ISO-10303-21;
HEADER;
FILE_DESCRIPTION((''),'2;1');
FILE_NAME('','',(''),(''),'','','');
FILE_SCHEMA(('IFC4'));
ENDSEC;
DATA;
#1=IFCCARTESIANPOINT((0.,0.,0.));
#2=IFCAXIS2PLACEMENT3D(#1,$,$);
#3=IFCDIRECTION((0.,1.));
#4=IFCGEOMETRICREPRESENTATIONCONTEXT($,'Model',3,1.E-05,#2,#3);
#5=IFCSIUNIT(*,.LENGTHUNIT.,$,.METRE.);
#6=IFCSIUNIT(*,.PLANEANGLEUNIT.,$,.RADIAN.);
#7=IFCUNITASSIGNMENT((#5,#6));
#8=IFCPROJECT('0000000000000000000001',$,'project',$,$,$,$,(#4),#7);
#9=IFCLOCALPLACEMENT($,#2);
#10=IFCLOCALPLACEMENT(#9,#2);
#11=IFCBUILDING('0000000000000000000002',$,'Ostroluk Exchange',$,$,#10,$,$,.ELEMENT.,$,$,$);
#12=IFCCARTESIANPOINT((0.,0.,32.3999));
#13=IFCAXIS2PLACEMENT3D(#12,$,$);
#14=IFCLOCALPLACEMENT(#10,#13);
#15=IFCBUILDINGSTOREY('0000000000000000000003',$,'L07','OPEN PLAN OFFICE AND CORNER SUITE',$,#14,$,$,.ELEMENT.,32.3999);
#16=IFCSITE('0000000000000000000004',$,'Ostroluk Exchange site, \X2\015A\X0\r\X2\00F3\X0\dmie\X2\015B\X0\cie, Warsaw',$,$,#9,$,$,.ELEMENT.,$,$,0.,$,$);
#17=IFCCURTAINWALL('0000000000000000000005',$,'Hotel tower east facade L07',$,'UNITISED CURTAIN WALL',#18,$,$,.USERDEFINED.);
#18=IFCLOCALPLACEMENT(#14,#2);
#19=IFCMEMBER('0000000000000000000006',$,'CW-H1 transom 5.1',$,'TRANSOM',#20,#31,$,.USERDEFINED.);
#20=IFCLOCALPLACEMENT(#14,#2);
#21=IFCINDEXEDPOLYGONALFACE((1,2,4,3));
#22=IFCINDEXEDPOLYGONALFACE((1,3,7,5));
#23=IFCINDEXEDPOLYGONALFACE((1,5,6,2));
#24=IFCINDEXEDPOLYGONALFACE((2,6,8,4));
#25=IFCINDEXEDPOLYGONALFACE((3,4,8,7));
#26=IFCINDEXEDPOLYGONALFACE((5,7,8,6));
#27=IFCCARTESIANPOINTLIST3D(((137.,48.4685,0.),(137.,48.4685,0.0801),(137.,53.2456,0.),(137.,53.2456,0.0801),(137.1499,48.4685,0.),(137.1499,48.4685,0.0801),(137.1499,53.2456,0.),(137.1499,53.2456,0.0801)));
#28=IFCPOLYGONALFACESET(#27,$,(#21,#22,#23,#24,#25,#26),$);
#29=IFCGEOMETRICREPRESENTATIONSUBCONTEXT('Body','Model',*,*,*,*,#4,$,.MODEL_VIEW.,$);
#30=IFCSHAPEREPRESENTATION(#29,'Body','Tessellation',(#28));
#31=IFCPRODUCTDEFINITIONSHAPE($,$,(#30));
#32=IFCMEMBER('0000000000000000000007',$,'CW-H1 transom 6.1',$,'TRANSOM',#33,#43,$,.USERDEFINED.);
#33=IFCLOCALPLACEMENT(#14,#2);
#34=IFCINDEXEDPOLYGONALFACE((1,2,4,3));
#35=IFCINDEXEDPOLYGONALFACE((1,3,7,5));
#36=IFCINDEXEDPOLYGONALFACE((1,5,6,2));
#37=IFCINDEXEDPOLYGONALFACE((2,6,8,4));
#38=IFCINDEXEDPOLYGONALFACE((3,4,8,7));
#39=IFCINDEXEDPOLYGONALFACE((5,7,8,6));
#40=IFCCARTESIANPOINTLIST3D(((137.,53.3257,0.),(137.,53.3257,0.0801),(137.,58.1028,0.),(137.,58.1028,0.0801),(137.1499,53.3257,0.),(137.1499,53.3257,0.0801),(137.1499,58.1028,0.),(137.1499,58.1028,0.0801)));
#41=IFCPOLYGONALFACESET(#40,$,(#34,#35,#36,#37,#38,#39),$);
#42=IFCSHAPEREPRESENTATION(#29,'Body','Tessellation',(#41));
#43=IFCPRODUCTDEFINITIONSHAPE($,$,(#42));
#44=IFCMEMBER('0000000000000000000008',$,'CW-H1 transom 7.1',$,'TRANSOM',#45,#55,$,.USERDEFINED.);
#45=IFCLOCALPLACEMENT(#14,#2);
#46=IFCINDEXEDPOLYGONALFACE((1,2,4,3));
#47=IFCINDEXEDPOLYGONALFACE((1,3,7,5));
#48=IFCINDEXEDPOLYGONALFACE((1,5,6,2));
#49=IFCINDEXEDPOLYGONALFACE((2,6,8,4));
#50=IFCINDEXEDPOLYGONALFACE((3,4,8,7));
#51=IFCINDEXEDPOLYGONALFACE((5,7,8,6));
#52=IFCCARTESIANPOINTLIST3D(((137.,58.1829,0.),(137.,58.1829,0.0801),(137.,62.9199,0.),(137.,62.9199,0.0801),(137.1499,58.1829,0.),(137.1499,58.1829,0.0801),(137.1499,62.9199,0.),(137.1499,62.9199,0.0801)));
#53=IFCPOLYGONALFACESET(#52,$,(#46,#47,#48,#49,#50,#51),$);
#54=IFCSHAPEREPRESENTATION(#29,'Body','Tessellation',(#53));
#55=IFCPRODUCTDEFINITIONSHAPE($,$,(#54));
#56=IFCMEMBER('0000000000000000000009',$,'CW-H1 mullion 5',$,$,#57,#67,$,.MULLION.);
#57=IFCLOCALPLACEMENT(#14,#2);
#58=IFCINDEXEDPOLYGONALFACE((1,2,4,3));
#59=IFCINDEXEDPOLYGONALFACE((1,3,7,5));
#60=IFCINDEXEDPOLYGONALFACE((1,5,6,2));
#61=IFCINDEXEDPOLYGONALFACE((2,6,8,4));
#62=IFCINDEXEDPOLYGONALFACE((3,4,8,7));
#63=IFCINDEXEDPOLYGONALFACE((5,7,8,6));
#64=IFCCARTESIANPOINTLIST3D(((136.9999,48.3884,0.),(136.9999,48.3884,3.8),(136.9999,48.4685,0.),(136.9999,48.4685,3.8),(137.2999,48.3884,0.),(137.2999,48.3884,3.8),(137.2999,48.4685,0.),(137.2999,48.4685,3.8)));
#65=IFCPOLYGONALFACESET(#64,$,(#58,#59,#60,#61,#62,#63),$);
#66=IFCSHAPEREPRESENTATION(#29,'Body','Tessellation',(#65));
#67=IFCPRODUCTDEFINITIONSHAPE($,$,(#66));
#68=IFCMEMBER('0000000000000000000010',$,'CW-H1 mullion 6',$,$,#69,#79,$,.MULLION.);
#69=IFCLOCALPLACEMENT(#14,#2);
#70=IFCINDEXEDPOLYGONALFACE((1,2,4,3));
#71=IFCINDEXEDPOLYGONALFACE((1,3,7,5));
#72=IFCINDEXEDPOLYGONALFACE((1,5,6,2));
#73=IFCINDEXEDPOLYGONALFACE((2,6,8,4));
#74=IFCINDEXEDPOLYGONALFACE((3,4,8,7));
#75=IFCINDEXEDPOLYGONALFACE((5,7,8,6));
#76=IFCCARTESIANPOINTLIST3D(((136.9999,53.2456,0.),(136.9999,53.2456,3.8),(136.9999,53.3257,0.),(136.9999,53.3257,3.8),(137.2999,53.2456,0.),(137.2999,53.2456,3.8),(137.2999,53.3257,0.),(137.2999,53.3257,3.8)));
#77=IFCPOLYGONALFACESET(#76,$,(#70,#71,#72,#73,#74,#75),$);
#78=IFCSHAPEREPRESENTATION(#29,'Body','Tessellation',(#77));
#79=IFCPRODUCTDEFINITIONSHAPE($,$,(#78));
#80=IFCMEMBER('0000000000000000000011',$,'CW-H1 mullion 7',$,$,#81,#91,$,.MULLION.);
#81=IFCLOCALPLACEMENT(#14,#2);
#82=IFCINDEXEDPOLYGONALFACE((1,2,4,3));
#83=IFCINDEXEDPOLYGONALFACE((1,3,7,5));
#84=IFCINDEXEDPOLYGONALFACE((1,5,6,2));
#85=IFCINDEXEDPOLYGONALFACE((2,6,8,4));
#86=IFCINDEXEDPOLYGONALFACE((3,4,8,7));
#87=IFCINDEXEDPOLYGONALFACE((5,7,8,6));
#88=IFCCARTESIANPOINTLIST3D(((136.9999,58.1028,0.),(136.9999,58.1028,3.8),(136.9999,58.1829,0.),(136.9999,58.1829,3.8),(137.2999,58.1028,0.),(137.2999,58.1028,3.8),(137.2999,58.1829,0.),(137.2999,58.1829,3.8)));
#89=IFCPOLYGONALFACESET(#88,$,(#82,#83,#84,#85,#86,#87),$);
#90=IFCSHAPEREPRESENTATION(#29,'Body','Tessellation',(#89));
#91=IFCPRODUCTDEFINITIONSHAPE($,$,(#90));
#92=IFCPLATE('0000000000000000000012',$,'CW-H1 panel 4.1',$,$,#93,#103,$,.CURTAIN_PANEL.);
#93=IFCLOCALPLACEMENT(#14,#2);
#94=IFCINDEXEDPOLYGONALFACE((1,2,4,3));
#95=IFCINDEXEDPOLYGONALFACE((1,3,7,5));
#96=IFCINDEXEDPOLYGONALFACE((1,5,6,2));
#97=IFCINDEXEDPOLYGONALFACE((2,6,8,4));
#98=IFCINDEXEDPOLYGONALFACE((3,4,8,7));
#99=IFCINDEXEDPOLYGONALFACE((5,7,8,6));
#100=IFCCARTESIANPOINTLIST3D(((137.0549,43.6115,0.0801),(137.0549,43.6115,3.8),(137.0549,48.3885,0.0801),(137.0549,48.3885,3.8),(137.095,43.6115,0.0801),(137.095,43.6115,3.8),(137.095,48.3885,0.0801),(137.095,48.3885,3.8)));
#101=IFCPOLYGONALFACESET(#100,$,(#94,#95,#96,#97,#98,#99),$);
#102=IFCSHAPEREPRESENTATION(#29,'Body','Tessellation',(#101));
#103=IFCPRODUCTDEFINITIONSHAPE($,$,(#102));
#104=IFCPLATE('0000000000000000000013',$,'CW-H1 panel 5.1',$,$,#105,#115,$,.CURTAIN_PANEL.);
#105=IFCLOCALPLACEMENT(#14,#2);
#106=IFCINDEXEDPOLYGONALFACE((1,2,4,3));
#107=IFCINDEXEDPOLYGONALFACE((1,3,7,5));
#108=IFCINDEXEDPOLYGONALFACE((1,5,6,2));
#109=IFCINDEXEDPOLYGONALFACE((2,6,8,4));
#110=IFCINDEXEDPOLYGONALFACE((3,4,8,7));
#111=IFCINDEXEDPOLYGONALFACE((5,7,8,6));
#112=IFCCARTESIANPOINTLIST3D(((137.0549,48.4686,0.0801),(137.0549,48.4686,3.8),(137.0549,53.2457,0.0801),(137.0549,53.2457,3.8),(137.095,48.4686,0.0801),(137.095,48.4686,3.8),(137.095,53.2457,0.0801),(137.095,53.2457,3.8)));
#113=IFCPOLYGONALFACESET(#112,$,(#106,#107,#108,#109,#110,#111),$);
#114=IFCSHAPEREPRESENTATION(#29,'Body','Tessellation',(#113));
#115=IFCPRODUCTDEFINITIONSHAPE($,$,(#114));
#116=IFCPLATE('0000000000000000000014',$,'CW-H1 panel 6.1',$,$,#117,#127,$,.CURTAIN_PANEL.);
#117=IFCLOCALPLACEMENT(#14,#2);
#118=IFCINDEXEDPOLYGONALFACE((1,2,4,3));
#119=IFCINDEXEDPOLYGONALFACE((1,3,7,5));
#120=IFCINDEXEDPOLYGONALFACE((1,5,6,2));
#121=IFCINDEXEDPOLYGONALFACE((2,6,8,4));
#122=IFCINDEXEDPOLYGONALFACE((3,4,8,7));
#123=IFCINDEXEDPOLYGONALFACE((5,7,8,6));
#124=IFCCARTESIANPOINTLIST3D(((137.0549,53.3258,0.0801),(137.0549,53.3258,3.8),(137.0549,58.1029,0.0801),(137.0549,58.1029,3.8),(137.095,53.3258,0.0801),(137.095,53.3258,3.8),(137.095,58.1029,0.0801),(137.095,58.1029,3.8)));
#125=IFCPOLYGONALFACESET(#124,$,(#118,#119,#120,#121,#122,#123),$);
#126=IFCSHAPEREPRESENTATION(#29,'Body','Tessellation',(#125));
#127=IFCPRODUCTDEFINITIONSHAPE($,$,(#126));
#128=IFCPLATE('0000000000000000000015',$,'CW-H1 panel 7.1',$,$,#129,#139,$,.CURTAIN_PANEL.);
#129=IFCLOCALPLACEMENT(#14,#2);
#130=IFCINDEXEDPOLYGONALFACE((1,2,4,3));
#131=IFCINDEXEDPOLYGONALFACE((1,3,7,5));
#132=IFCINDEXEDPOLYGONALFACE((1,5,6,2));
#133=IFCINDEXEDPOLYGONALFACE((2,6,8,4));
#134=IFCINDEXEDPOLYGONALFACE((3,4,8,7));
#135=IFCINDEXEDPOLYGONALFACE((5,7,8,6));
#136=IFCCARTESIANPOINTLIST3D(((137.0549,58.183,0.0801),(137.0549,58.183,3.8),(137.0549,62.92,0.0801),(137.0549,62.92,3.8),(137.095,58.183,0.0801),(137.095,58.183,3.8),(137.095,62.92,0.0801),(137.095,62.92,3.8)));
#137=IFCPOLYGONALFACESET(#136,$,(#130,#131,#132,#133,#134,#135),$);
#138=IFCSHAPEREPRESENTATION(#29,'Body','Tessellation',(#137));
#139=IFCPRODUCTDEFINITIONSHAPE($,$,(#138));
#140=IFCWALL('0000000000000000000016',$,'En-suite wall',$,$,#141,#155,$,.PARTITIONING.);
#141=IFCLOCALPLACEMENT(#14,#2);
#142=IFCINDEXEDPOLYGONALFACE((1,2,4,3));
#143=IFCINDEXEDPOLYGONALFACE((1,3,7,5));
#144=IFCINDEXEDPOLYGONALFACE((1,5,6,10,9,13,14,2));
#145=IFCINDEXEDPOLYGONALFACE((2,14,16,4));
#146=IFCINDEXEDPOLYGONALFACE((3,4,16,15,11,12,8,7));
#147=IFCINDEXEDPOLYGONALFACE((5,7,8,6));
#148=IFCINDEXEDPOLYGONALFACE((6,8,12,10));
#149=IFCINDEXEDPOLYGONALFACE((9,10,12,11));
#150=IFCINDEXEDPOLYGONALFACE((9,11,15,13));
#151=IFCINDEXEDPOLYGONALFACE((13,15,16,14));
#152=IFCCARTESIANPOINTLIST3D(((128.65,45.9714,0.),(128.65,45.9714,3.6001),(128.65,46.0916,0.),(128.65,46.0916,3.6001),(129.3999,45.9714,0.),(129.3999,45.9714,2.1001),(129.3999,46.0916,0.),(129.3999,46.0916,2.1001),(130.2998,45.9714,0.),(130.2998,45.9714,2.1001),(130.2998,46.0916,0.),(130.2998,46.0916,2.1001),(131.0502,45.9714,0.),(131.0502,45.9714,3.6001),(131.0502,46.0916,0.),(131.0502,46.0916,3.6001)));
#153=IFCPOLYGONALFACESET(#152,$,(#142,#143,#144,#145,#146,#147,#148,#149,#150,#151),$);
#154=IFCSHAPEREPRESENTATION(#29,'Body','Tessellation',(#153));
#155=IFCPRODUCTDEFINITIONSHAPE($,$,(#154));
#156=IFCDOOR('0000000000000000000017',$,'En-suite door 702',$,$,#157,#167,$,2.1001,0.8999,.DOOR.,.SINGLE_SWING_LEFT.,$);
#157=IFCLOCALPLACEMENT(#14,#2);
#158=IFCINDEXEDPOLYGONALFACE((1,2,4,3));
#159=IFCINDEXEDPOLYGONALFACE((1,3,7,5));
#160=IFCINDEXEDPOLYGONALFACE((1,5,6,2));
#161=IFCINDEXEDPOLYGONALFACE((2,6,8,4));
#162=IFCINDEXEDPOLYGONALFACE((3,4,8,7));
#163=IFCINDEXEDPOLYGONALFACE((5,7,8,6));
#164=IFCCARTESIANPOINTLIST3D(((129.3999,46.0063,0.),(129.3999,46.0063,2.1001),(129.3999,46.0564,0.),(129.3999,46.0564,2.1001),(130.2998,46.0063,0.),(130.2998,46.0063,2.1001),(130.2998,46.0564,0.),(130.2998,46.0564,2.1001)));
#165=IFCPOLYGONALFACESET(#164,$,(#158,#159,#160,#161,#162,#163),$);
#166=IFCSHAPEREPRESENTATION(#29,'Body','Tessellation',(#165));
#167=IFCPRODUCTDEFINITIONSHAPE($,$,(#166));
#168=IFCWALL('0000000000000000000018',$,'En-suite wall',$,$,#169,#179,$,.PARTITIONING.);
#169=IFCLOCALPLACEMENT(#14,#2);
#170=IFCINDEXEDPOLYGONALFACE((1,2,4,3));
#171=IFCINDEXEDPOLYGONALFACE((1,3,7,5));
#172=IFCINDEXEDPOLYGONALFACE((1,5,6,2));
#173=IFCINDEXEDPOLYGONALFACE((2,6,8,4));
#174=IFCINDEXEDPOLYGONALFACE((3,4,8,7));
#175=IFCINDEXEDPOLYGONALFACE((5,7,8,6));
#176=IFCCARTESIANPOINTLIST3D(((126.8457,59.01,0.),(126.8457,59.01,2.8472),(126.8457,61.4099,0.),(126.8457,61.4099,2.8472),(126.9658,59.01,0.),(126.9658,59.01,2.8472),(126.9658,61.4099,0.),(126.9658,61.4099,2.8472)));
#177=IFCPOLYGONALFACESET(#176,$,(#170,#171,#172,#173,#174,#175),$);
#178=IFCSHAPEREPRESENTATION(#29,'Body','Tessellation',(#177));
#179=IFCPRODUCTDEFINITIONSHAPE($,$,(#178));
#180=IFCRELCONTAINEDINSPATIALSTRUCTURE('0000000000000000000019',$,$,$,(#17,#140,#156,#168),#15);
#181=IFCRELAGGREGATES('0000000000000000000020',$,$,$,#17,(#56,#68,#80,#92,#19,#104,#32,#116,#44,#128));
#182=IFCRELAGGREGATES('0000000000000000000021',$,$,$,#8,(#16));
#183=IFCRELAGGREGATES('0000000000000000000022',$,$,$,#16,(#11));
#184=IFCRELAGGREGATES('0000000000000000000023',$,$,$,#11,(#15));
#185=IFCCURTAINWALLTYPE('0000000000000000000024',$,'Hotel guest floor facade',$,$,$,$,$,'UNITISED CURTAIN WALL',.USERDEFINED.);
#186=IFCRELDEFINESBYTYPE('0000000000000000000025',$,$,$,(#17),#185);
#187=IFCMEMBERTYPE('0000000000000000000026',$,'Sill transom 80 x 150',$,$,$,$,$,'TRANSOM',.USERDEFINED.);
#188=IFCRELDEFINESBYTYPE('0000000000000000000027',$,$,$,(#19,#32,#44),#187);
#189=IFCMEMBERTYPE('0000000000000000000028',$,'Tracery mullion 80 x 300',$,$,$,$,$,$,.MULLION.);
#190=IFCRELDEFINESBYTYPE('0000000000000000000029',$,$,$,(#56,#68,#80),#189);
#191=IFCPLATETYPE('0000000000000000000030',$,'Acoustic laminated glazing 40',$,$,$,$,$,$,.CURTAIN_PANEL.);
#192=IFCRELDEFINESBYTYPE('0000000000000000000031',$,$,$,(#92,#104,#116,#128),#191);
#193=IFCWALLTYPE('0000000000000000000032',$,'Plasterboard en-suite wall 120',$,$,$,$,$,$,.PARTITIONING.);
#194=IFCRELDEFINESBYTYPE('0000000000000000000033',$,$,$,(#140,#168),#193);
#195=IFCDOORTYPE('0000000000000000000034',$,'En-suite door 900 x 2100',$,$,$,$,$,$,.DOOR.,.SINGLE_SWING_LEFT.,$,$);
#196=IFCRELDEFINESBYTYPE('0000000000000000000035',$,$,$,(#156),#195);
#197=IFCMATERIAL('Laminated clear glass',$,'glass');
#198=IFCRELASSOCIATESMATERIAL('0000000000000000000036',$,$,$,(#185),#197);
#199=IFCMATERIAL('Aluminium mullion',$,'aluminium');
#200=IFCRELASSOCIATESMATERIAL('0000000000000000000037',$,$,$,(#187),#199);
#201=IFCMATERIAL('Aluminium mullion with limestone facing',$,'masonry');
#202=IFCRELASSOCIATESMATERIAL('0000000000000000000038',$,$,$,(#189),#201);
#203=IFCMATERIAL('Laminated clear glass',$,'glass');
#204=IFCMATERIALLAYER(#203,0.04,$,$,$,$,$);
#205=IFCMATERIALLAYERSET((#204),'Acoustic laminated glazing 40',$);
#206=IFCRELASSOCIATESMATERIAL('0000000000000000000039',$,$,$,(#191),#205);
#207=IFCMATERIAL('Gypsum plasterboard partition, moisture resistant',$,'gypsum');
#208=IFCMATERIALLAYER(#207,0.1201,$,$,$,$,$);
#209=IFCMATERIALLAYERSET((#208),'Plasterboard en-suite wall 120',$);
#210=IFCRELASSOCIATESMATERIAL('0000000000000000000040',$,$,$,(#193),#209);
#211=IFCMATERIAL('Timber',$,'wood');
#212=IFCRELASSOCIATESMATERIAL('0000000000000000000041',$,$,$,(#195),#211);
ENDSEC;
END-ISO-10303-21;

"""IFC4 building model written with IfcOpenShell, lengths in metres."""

from ifc_helpers import new_model, si_unit, direction, frame, frame_2d, origin, origin_2d, place, context, subcontext, project, spatial, rectangle, extrude, material, layer, layer_set, material_profile, profile_set, type_object, element, fill, aggregate, save


model = new_model("IFC4")

# Units and contexts
model_context = context("Model", 3, precision=1e-05, world=origin(), true_north=direction((0.0, 1.0)))
body_context = subcontext(model_context, "Body", "Model", "MODEL_VIEW")
ifc_project = project(units=[si_unit("LENGTHUNIT", "METRE"), si_unit("PLANEANGLEUNIT", "RADIAN")], contexts=[model_context])

# Site, building, storey
site_placement = place(None, origin())
site = spatial("IfcSite", under=ifc_project, at=site_placement, Name="Ostroluk Exchange site, Śródmieście, Warsaw", CompositionType="ELEMENT", RefElevation=0.0)
building_placement = place(site_placement, origin())
building = spatial("IfcBuilding", under=site, at=building_placement, Name="Ostroluk Exchange", CompositionType="ELEMENT")
storey_placement = place(building_placement, frame((0.0, 0.0, 32.3999)))
storey = spatial("IfcBuildingStorey", under=building, at=storey_placement, Name="L07", Description="OPEN PLAN OFFICE AND CORNER SUITE", CompositionType="ELEMENT", Elevation=32.3999)

# Curtain wall, members, plates
ifc_material_1 = material(Name="Laminated clear glass", Category="glass")
curtain_wall_type = type_object("IfcCurtainWallType", Name="Hotel guest floor facade", ElementType="UNITISED CURTAIN WALL", PredefinedType="USERDEFINED", material=ifc_material_1)
curtain_wall_placement = place(storey_placement, origin())
curtain_wall = element("IfcCurtainWall", 1, at=curtain_wall_placement, inside=storey, type_object=curtain_wall_type, Name="Hotel tower east facade L07", ObjectType="UNITISED CURTAIN WALL", PredefinedType="USERDEFINED")
ifc_material_2 = material(Name="Aluminium mullion", Category="aluminium")
ifc_material_profile_1 = material_profile(ifc_material_2, rectangle(XDim=0.1499, YDim=0.0801, at=origin_2d()), Name="Sill transom 80 x 150")
ifc_profile_set_1 = profile_set([ifc_material_profile_1], Name="Aluminium mullion")
member_type_1 = type_object("IfcMemberType", Name="Sill transom 80 x 150", ElementType="TRANSOM", PredefinedType="USERDEFINED", material=ifc_profile_set_1)
member_1_placement = place(storey_placement, frame((137.075, 48.4685, 0.04), z_axis=(0.0, 1.0, 0.0), x_axis=(-1.0, 0.0, 0.0)))
member_1 = element("IfcMember", 2, at=member_1_placement, type_object=member_type_1, Name="CW-H1 transom 5.1", ObjectType="TRANSOM", PredefinedType="USERDEFINED", context=body_context, shape_type="SweptSolid", body=[
    extrude(rectangle(XDim=0.1499, YDim=0.0801, at=origin_2d()), origin(), (0.0, 0.0, 1.0), 4.7771),
])
member_2_placement = place(storey_placement, frame((137.075, 53.3257, 0.04), z_axis=(0.0, 1.0, 0.0), x_axis=(-1.0, 0.0, 0.0)))
member_2 = element("IfcMember", 3, at=member_2_placement, type_object=member_type_1, Name="CW-H1 transom 6.1", ObjectType="TRANSOM", PredefinedType="USERDEFINED", context=body_context, shape_type="SweptSolid", body=[
    extrude(rectangle(XDim=0.1499, YDim=0.0801, at=origin_2d()), origin(), (0.0, 0.0, 1.0), 4.7771),
])
member_3_placement = place(storey_placement, frame((137.075, 58.1829, 0.04), z_axis=(0.0, 1.0, 0.0), x_axis=(-1.0, 0.0, 0.0)))
member_3 = element("IfcMember", 4, at=member_3_placement, type_object=member_type_1, Name="CW-H1 transom 7.1", ObjectType="TRANSOM", PredefinedType="USERDEFINED", context=body_context, shape_type="SweptSolid", body=[
    extrude(rectangle(XDim=0.1499, YDim=0.0801, at=origin_2d()), origin(), (0.0, 0.0, 1.0), 4.7371),
])
ifc_material_3 = material(Name="Aluminium mullion with limestone facing", Category="masonry")
ifc_material_profile_2 = material_profile(ifc_material_3, rectangle(XDim=0.3, YDim=0.0801, at=origin_2d()), Name="Tracery mullion 80 x 300")
ifc_profile_set_2 = profile_set([ifc_material_profile_2], Name="Aluminium mullion with limestone facing")
member_type_2 = type_object("IfcMemberType", Name="Tracery mullion 80 x 300", PredefinedType="MULLION", material=ifc_profile_set_2)
member_4_placement = place(storey_placement, frame((137.1499, 48.4285, 0.0), z_axis=(0.0, 0.0, 1.0), x_axis=(-1.0, 0.0, 0.0)))
member_4 = element("IfcMember", 5, at=member_4_placement, type_object=member_type_2, Name="CW-H1 mullion 5", PredefinedType="MULLION", context=body_context, shape_type="SweptSolid", body=[
    extrude(rectangle(XDim=0.3, YDim=0.0801, at=origin_2d()), origin(), (0.0, 0.0, 1.0), 3.8),
])
member_5_placement = place(storey_placement, frame((137.1499, 53.2856, 0.0), z_axis=(0.0, 0.0, 1.0), x_axis=(-1.0, 0.0, 0.0)))
member_5 = element("IfcMember", 6, at=member_5_placement, type_object=member_type_2, Name="CW-H1 mullion 6", PredefinedType="MULLION", context=body_context, shape_type="SweptSolid", body=[
    extrude(rectangle(XDim=0.3, YDim=0.0801, at=origin_2d()), origin(), (0.0, 0.0, 1.0), 3.8),
])
member_6_placement = place(storey_placement, frame((137.1499, 58.1428, 0.0), z_axis=(0.0, 0.0, 1.0), x_axis=(-1.0, 0.0, 0.0)))
member_6 = element("IfcMember", 7, at=member_6_placement, type_object=member_type_2, Name="CW-H1 mullion 7", PredefinedType="MULLION", context=body_context, shape_type="SweptSolid", body=[
    extrude(rectangle(XDim=0.3, YDim=0.0801, at=origin_2d()), origin(), (0.0, 0.0, 1.0), 3.8),
])
ifc_material_4 = material(Name="Laminated clear glass", Category="glass")
ifc_layer_1 = layer(ifc_material_4, 0.04)
ifc_layer_set_1 = layer_set([ifc_layer_1], Name="Acoustic laminated glazing 40")
plate_type = type_object("IfcPlateType", Name="Acoustic laminated glazing 40", PredefinedType="CURTAIN_PANEL", material=ifc_layer_set_1)
plate_1_placement = place(storey_placement, frame((137.075, 46.0, 0.0801), z_axis=(0.0, 0.0, 1.0), x_axis=(0.0, 1.0, 0.0)))
plate_1 = element("IfcPlate", 8, at=plate_1_placement, type_object=plate_type, Name="CW-H1 panel 4.1", PredefinedType="CURTAIN_PANEL", context=body_context, shape_type="SweptSolid", body=[
    extrude(rectangle(XDim=4.7771, YDim=0.04, at=origin_2d()), origin(), (0.0, 0.0, 1.0), 3.72),
])
plate_2_placement = place(storey_placement, frame((137.075, 50.8572, 0.0801), z_axis=(0.0, 0.0, 1.0), x_axis=(0.0, 1.0, 0.0)))
plate_2 = element("IfcPlate", 9, at=plate_2_placement, type_object=plate_type, Name="CW-H1 panel 5.1", PredefinedType="CURTAIN_PANEL", context=body_context, shape_type="SweptSolid", body=[
    extrude(rectangle(XDim=4.7771, YDim=0.04, at=origin_2d()), origin(), (0.0, 0.0, 1.0), 3.72),
])
plate_3_placement = place(storey_placement, frame((137.075, 55.7144, 0.0801), z_axis=(0.0, 0.0, 1.0), x_axis=(0.0, 1.0, 0.0)))
plate_3 = element("IfcPlate", 10, at=plate_3_placement, type_object=plate_type, Name="CW-H1 panel 6.1", PredefinedType="CURTAIN_PANEL", context=body_context, shape_type="SweptSolid", body=[
    extrude(rectangle(XDim=4.7771, YDim=0.04, at=origin_2d()), origin(), (0.0, 0.0, 1.0), 3.72),
])
plate_4_placement = place(storey_placement, frame((137.075, 60.5515, 0.0801), z_axis=(0.0, 0.0, 1.0), x_axis=(0.0, 1.0, 0.0)))
plate_4 = element("IfcPlate", 11, at=plate_4_placement, type_object=plate_type, Name="CW-H1 panel 7.1", PredefinedType="CURTAIN_PANEL", context=body_context, shape_type="SweptSolid", body=[
    extrude(rectangle(XDim=4.7371, YDim=0.04, at=origin_2d()), origin(), (0.0, 0.0, 1.0), 3.72),
])
aggregate(curtain_wall, [member_4, member_5, member_6, plate_1, member_1, plate_2, member_2, plate_3, member_3, plate_4])

# Wall, opening, door
ifc_material_5 = material(Name="Gypsum plasterboard partition, moisture resistant", Category="gypsum")
ifc_layer_2 = layer(ifc_material_5, 0.1201)
ifc_layer_set_2 = layer_set([ifc_layer_2], Name="Plasterboard en-suite wall 120")
wall_type_1 = type_object("IfcWallType", Name="Plasterboard en-suite wall 120", PredefinedType="PARTITIONING", material=ifc_layer_set_2)
wall_1_placement = place(storey_placement, frame((128.6499, 46.0315, 0.0), z_axis=(0.0, 0.0, 1.0), x_axis=(1.0, 0.0, 0.0)))
wall_1 = element("IfcWall", 12, at=wall_1_placement, inside=storey, type_object=wall_type_1, Name="En-suite wall", PredefinedType="PARTITIONING", context=body_context, shape_type="SweptSolid", body=[
    extrude(rectangle(XDim=2.4001, YDim=0.1201, at=frame_2d((1.2002, 0.0))), origin(), (0.0, 0.0, 1.0), 3.6001),
])
opening_1_placement = place(wall_1_placement, frame((0.75, 0.0, 0.0)))
opening_1 = element("IfcOpeningElement", 13, at=opening_1_placement, cuts=wall_1, PredefinedType="OPENING", context=body_context, shape_type="SweptSolid", body=[
    extrude(rectangle(XDim=0.8999, YDim=2.1001, at=frame_2d((0.45, 1.05))), frame((0.0, 0.0701, 0.0), z_axis=(0.0, -1.0, 0.0), x_axis=(1.0, 0.0, 0.0)), (0.0, 0.0, 1.0), 0.1401),
])
ifc_material_6 = material(Name="Timber", Category="wood")
door_type_1 = type_object("IfcDoorType", Name="En-suite door 900 x 2100", OperationType="SINGLE_SWING_LEFT", PredefinedType="DOOR", material=ifc_material_6)
door_1_placement = place(opening_1_placement, origin())
door_1 = element("IfcDoor", 14, at=door_1_placement, inside=storey, type_object=door_type_1, Name="En-suite door 702", OperationType="SINGLE_SWING_LEFT", OverallHeight=2.1001, OverallWidth=0.8999, PredefinedType="DOOR", context=body_context, shape_type="SweptSolid", body=[
    extrude(rectangle(XDim=0.8999, YDim=2.1001, at=frame_2d((0.45, 1.05))), frame((0.0, 0.0249, 0.0), z_axis=(0.0, -1.0, 0.0), x_axis=(1.0, 0.0, 0.0)), (0.0, 0.0, 1.0), 0.05),
])
fill(opening_1, door_1)

# Wall
wall_2_placement = place(storey_placement, frame((126.9058, 59.01, 0.0), z_axis=(0.0, 0.0, 1.0), x_axis=(0.0, 1.0, 0.0)))
element("IfcWall", 15, at=wall_2_placement, inside=storey, type_object=wall_type_1, Name="En-suite wall", PredefinedType="PARTITIONING", context=body_context, shape_type="SweptSolid", body=[
    extrude(rectangle(XDim=2.3999, YDim=0.1201, at=frame_2d((1.2, 0.0))), origin(), (0.0, 0.0, 1.0), 2.8472),
])

save(model, "model.ifc")
